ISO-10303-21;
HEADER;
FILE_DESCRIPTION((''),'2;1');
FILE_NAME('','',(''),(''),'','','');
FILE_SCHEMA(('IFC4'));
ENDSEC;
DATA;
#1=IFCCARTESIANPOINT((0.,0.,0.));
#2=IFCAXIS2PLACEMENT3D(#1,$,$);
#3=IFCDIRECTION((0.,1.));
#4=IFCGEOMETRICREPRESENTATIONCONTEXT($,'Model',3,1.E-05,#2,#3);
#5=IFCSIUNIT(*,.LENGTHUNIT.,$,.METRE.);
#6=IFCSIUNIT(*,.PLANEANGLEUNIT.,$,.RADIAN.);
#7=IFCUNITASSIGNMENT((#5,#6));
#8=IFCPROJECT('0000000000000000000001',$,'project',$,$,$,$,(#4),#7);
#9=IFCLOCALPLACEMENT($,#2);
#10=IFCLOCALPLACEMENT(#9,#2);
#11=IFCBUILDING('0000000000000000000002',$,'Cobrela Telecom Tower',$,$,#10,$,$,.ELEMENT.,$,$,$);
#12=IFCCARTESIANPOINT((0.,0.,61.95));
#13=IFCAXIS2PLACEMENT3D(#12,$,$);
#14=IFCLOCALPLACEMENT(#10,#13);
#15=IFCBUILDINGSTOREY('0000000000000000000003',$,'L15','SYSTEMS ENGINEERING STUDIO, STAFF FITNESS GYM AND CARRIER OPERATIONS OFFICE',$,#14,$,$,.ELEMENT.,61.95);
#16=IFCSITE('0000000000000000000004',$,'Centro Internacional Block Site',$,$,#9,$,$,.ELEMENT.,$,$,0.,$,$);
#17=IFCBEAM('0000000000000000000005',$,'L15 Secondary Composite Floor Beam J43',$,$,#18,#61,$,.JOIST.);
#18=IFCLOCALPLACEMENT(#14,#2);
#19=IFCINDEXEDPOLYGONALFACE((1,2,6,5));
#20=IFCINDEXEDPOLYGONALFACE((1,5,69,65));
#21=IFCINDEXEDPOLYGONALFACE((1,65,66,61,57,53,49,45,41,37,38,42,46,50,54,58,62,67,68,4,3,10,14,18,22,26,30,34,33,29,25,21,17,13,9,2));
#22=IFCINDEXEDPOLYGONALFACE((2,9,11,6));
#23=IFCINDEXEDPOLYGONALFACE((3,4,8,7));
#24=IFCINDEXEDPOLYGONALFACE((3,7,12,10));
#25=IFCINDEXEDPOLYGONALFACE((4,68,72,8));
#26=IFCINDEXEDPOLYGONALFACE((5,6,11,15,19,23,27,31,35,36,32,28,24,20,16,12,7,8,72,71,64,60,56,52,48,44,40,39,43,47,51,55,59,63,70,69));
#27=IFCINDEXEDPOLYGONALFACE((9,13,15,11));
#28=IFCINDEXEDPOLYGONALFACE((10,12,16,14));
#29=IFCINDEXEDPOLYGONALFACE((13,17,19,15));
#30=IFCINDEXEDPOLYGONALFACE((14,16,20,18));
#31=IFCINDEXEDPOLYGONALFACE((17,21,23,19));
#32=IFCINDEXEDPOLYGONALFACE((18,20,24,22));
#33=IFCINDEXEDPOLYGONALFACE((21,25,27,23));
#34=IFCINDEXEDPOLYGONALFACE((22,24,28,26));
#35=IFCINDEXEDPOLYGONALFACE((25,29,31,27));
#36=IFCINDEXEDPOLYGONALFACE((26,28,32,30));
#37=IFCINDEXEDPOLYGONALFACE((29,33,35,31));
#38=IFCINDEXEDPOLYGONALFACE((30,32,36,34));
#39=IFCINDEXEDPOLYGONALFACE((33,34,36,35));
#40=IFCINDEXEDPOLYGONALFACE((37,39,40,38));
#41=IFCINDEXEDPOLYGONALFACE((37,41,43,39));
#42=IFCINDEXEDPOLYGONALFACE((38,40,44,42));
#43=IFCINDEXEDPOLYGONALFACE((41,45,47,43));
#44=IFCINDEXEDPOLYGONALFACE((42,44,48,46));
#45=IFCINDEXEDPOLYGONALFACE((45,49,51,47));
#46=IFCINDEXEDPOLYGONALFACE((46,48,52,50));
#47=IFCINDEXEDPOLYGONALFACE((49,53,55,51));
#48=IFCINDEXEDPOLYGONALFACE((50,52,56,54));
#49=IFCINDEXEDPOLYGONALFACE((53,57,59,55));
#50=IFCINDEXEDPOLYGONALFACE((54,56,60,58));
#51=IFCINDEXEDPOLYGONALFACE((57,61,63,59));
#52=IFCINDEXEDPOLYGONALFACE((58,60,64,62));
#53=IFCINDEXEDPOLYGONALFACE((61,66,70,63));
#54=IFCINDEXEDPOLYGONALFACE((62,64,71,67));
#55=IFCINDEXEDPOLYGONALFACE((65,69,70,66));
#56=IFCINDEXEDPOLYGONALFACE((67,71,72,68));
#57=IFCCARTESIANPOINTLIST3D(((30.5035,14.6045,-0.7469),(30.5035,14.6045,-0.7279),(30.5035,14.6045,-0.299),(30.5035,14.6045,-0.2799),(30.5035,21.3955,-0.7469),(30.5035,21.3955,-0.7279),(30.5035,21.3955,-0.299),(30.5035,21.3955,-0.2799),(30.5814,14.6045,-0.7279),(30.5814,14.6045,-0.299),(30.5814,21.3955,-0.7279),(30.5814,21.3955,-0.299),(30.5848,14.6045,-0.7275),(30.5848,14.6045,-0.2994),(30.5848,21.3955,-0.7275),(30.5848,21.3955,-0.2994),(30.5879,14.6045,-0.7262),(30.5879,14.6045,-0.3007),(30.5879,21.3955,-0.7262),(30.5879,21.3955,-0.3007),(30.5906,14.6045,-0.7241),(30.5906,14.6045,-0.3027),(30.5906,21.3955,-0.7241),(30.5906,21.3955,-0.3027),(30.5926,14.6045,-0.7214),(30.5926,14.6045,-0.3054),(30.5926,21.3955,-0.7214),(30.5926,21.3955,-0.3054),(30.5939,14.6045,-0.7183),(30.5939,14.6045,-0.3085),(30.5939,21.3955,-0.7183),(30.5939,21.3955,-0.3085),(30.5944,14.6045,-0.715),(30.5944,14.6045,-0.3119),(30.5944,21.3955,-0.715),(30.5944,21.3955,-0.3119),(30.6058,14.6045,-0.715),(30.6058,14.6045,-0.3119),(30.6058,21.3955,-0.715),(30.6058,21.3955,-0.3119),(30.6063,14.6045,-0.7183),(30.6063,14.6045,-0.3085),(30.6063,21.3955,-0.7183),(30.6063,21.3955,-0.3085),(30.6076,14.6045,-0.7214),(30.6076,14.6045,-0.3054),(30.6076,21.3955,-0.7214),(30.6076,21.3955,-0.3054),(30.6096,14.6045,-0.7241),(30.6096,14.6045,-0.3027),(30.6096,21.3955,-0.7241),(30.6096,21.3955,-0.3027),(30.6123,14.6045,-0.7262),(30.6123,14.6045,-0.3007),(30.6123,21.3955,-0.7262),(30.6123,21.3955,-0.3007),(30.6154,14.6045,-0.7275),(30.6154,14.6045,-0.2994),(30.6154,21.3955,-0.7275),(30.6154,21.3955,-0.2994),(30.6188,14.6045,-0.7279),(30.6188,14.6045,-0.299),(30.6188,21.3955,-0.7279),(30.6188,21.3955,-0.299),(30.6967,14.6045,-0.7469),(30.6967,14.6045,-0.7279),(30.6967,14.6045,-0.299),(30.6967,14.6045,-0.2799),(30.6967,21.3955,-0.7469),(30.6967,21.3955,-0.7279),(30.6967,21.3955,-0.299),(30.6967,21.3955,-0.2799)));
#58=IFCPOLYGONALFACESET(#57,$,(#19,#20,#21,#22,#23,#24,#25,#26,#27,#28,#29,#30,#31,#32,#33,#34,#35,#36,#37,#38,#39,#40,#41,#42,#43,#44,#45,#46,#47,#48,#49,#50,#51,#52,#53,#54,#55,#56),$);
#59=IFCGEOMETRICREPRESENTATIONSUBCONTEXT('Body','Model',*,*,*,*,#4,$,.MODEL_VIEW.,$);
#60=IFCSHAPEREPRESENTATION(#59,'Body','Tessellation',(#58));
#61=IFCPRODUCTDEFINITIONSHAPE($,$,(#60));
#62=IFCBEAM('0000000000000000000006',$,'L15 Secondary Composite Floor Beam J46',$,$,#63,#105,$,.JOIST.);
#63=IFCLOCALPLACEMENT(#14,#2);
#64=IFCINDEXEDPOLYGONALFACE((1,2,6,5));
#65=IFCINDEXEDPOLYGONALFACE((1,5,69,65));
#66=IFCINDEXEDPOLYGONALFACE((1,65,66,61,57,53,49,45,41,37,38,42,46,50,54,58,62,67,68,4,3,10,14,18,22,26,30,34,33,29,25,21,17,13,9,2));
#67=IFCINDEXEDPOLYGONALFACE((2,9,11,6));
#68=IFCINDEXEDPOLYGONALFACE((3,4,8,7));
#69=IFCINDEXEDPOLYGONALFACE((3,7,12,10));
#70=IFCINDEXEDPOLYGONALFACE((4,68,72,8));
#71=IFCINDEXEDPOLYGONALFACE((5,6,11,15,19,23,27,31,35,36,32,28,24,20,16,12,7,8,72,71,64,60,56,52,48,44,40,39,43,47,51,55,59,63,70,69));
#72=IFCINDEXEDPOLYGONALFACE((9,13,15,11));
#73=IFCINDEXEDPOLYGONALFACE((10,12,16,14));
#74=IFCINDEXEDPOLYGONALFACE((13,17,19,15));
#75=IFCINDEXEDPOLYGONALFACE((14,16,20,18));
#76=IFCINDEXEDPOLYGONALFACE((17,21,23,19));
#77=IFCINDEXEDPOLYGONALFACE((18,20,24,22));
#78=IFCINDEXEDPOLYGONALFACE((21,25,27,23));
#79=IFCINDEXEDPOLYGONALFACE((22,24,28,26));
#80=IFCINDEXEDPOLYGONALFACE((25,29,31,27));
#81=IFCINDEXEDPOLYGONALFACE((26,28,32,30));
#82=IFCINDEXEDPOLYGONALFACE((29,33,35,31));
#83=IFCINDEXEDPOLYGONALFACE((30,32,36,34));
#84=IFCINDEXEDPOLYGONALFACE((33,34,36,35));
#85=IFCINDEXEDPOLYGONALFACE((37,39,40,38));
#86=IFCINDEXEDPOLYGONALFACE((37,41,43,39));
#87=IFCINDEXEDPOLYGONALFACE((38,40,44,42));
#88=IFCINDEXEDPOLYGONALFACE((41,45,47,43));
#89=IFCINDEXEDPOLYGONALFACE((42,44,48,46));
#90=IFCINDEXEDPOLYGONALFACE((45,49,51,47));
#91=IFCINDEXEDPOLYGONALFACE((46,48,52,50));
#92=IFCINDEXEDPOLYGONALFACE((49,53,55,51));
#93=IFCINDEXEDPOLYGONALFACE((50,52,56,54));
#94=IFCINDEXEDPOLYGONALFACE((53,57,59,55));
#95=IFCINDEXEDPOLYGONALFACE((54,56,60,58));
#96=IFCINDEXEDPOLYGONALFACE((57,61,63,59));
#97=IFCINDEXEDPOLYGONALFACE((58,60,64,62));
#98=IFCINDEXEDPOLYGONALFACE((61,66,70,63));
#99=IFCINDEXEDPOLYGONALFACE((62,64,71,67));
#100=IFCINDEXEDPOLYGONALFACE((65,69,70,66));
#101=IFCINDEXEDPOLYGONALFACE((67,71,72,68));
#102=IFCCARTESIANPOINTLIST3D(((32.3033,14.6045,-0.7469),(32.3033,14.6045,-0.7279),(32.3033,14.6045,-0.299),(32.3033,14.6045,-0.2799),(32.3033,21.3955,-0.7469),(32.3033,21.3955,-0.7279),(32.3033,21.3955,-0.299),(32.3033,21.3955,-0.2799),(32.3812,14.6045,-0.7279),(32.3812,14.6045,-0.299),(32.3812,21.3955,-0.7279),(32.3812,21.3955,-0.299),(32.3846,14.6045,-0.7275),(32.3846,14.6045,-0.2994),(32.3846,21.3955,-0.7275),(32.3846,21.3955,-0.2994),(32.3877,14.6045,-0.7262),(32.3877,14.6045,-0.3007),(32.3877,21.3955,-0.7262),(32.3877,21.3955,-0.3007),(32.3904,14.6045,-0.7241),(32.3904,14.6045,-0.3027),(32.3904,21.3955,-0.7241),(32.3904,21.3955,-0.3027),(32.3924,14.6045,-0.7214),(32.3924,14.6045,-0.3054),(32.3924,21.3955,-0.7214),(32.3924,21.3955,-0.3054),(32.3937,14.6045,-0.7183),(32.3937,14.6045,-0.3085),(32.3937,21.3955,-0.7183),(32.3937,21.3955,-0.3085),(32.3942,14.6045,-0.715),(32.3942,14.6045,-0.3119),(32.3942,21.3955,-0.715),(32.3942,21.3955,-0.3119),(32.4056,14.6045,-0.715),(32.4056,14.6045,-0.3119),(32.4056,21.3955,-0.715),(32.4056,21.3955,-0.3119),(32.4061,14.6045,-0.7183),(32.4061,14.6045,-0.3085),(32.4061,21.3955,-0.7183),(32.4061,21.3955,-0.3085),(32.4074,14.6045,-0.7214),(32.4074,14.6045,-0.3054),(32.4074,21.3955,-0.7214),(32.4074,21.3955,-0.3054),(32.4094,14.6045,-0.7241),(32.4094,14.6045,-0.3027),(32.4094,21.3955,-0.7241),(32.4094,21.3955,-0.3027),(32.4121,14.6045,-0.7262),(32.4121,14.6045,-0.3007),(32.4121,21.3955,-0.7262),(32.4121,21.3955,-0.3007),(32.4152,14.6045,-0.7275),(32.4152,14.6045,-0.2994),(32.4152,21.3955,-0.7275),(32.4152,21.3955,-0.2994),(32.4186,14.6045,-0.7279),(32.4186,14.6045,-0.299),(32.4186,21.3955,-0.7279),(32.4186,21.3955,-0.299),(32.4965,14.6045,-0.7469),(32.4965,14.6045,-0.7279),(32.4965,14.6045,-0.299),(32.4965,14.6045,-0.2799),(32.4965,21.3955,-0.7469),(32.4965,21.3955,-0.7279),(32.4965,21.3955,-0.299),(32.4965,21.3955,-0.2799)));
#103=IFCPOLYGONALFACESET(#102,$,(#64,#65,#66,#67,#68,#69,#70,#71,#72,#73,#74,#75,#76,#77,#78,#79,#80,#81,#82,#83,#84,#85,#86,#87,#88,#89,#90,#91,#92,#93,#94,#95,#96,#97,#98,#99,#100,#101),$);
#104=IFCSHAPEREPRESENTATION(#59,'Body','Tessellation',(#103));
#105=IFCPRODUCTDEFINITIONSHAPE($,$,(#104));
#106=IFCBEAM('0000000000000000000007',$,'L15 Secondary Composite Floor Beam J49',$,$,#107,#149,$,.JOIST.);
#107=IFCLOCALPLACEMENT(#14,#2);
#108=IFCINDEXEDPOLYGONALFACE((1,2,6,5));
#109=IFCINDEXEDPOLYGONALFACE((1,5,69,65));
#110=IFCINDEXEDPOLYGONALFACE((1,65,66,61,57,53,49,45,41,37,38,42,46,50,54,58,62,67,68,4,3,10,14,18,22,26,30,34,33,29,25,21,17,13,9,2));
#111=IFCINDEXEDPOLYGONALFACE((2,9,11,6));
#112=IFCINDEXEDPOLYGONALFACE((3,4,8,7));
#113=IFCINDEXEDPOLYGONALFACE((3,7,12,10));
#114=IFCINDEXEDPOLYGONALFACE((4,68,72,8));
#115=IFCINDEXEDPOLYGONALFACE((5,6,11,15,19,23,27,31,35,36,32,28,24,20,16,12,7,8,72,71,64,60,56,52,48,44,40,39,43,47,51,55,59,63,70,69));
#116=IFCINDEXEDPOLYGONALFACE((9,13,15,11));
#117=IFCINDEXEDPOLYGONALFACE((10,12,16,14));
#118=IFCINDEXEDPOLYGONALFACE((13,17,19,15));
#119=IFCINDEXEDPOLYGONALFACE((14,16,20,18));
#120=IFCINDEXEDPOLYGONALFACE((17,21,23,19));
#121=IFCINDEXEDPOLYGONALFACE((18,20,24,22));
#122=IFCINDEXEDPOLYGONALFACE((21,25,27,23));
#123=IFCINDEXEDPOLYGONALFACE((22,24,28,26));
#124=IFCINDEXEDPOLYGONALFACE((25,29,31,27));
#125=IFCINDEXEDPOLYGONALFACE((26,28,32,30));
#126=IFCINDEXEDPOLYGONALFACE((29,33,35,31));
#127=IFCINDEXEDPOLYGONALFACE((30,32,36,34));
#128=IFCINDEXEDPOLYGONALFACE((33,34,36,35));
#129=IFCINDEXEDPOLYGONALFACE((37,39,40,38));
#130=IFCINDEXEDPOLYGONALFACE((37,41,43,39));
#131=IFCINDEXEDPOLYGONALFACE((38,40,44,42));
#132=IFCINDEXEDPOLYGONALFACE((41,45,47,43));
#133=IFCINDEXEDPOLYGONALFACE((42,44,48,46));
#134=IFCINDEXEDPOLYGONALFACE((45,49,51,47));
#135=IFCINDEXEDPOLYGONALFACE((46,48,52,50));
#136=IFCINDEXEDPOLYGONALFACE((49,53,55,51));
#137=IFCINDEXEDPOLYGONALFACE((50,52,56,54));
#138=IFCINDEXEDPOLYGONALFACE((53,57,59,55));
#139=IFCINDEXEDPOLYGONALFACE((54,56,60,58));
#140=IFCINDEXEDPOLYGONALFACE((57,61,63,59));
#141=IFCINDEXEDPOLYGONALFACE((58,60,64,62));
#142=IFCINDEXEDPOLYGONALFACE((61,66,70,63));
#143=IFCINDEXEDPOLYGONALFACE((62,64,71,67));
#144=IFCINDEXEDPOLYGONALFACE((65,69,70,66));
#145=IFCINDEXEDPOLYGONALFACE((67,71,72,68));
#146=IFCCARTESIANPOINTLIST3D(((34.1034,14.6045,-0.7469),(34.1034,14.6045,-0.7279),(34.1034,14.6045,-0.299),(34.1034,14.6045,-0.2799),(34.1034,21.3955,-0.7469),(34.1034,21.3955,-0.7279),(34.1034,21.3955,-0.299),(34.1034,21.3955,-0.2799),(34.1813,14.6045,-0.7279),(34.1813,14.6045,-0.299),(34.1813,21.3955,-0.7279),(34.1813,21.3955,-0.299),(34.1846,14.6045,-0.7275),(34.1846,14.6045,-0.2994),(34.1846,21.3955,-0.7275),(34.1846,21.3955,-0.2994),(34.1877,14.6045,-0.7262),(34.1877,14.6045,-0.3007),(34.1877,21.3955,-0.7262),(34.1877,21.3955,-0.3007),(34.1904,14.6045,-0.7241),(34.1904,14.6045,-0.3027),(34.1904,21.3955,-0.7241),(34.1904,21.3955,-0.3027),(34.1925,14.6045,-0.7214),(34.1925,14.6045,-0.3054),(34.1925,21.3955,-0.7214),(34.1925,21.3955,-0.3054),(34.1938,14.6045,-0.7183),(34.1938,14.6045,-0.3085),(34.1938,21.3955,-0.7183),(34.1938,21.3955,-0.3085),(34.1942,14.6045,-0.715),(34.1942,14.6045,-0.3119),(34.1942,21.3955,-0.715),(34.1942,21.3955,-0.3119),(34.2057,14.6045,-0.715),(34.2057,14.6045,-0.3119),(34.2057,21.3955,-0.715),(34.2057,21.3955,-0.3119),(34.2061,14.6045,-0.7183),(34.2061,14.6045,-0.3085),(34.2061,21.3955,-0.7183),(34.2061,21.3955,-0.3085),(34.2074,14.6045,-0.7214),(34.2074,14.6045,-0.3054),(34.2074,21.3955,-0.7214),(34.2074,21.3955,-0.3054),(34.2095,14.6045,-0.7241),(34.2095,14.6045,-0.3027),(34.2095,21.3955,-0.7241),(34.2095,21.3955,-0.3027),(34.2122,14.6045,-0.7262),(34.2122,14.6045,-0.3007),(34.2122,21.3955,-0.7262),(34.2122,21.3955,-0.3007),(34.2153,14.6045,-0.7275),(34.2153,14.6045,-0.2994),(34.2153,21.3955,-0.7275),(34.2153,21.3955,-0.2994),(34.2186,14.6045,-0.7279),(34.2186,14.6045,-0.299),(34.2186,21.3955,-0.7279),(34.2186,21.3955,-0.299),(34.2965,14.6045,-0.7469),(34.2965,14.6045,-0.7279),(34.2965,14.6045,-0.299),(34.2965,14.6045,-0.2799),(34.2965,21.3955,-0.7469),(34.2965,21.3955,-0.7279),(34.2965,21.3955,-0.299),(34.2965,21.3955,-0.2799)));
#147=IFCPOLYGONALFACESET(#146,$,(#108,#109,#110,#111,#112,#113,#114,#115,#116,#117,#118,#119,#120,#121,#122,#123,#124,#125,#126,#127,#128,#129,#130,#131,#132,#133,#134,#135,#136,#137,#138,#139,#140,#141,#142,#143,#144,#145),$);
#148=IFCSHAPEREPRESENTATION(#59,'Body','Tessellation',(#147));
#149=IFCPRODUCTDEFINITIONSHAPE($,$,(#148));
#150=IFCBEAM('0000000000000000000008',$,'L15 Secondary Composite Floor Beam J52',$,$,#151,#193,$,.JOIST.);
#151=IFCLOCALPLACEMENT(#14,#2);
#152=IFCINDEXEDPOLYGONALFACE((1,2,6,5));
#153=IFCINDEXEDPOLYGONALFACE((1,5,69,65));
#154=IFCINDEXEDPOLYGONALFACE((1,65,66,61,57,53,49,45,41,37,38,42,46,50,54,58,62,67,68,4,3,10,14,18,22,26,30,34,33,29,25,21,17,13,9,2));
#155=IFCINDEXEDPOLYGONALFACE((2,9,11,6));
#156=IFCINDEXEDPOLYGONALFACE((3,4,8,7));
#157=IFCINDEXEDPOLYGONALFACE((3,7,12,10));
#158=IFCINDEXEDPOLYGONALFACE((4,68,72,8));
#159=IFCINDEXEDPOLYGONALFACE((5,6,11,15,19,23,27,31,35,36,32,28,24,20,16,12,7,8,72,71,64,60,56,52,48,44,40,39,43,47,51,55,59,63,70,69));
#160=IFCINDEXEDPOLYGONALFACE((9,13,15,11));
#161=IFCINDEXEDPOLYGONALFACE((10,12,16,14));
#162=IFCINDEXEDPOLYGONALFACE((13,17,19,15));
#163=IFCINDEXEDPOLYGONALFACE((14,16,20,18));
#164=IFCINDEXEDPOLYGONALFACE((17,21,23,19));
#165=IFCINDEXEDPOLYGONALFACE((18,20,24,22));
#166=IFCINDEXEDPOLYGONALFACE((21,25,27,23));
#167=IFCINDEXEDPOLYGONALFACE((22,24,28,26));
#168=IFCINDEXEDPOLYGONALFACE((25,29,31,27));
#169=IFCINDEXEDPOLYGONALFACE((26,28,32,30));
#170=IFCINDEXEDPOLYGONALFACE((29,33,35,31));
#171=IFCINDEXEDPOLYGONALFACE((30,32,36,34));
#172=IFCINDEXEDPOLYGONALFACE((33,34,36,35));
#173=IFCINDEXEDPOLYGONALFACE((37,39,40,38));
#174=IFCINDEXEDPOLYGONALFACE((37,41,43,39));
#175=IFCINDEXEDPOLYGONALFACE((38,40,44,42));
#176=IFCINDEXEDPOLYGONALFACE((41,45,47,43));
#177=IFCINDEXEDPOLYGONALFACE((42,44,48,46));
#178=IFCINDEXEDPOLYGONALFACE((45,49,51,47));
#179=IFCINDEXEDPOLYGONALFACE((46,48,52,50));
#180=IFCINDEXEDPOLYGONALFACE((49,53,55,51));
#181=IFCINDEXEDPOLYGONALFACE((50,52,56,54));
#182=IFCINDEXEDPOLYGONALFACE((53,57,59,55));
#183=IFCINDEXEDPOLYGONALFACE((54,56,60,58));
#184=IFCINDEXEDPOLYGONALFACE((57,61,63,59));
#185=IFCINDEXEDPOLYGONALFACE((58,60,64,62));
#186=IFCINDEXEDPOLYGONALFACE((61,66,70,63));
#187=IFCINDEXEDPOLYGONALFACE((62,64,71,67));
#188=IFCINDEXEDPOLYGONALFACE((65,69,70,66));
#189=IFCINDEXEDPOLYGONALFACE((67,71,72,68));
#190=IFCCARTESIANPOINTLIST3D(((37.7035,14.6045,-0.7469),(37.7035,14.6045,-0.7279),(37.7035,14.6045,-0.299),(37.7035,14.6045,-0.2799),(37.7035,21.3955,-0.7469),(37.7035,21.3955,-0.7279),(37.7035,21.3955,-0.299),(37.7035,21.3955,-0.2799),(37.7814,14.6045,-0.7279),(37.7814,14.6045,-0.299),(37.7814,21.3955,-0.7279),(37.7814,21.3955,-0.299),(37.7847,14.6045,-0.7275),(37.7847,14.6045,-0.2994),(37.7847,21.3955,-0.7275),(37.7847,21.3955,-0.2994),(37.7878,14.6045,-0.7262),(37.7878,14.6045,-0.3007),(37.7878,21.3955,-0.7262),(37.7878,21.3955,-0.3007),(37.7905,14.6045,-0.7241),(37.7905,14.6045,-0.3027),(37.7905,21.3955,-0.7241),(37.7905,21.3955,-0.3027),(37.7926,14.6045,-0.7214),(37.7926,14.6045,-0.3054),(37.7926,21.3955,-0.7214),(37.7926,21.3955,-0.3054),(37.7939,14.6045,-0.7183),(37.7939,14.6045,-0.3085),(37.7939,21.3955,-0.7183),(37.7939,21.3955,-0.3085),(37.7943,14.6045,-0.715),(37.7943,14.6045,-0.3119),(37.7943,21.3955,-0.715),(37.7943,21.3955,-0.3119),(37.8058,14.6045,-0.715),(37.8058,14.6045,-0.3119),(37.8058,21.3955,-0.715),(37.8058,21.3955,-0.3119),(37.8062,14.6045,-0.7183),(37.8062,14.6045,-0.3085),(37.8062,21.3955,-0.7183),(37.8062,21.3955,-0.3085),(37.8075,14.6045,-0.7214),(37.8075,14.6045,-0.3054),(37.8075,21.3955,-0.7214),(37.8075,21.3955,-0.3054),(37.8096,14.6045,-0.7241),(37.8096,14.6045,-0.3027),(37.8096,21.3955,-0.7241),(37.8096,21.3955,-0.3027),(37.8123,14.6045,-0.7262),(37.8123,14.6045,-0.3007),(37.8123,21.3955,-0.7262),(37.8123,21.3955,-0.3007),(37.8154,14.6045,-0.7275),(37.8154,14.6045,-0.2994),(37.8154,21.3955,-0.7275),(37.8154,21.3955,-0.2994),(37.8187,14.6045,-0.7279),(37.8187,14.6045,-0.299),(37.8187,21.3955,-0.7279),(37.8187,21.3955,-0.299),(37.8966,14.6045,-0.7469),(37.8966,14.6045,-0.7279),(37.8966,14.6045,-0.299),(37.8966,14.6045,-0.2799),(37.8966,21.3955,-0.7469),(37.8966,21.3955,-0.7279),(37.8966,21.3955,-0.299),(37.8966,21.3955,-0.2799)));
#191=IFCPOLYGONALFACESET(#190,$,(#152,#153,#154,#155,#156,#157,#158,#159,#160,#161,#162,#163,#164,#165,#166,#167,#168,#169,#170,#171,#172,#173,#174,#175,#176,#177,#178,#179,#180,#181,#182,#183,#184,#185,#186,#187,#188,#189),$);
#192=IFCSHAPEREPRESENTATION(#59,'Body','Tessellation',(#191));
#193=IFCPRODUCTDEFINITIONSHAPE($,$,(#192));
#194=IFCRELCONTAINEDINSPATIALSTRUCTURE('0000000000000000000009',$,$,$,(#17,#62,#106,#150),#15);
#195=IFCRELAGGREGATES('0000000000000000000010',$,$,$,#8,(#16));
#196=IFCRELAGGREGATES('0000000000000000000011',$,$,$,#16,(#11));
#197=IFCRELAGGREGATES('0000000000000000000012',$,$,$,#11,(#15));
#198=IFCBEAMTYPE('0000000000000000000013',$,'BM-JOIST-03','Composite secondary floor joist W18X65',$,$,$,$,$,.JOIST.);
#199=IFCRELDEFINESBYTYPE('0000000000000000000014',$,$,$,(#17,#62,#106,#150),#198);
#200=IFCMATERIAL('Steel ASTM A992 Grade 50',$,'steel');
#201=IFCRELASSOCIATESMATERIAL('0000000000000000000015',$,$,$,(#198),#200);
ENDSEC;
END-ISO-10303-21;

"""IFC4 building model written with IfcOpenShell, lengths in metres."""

from ifc_helpers import new_model, si_unit, direction, frame, origin, origin_2d, place, context, subcontext, project, spatial, i_section, extrude, material, material_profile, profile_set, type_object, element, save


model = new_model("IFC4")

# Units and contexts
model_context = context("Model", 3, precision=1e-05, world=origin(), true_north=direction((0.0, 1.0)))
body_context = subcontext(model_context, "Body", "Model", "MODEL_VIEW")
ifc_project = project(units=[si_unit("LENGTHUNIT", "METRE"), si_unit("PLANEANGLEUNIT", "RADIAN")], contexts=[model_context])

# Site, building, storey
site_placement = place(None, origin())
site = spatial("IfcSite", under=ifc_project, at=site_placement, Name="Centro Internacional Block Site", CompositionType="ELEMENT", RefElevation=0.0)
building_placement = place(site_placement, origin())
building = spatial("IfcBuilding", under=site, at=building_placement, Name="Cobrela Telecom Tower", CompositionType="ELEMENT")
storey_placement = place(building_placement, frame((0.0, 0.0, 61.95)))
storey = spatial("IfcBuildingStorey", under=building, at=storey_placement, Name="L15", Description="SYSTEMS ENGINEERING STUDIO, STAFF FITNESS GYM AND CARRIER OPERATIONS OFFICE", CompositionType="ELEMENT", Elevation=61.95)

# Shared definitions
ifc_material_1 = material(Name="Steel ASTM A992 Grade 50", Category="steel")

# Beams
ifc_material_profile_1 = material_profile(ifc_material_1, i_section(OverallWidth=0.1931, OverallDepth=0.467, WebThickness=0.0115, FlangeThickness=0.019, FilletRadius=0.0129, at=origin_2d()), Name="W18X65")
ifc_profile_set_1 = profile_set([ifc_material_profile_1], Name="Steel ASTM A992 Grade 50")
beam_type_1 = type_object("IfcBeamType", Name="BM-JOIST-03", Description="Composite secondary floor joist W18X65", PredefinedType="JOIST", material=ifc_profile_set_1)
for number, where, z_axis, x_axis, name in (
    (1, (30.6001, 14.6045, -0.5134), (0.0, 1.0, 0.0), (-1.0, 0.0, 0.0), "L15 Secondary Composite Floor Beam J43"),
    (2, (32.3999, 14.6045, -0.5134), (0.0, 1.0, 0.0), (-1.0, 0.0, 0.0), "L15 Secondary Composite Floor Beam J46"),
    (3, (34.2, 14.6045, -0.5134), (0.0, 1.0, 0.0), (-1.0, 0.0, 0.0), "L15 Secondary Composite Floor Beam J49"),
    (4, (37.8, 14.6045, -0.5134), (0.0, 1.0, 0.0), (-1.0, 0.0, 0.0), "L15 Secondary Composite Floor Beam J52"),
):
    element("IfcBeam", number, at=place(storey_placement, frame(where, z_axis=z_axis, x_axis=x_axis)), inside=storey, type_object=beam_type_1, Name=name, PredefinedType="JOIST", context=body_context, shape_type="SweptSolid", body=[
        extrude(i_section(OverallWidth=0.1931, OverallDepth=0.467, WebThickness=0.0115, FlangeThickness=0.019, FilletRadius=0.0129, at=origin_2d()), origin(), (0.0, 0.0, 1.0), 6.791),
    ])

save(model, "model.ifc")
